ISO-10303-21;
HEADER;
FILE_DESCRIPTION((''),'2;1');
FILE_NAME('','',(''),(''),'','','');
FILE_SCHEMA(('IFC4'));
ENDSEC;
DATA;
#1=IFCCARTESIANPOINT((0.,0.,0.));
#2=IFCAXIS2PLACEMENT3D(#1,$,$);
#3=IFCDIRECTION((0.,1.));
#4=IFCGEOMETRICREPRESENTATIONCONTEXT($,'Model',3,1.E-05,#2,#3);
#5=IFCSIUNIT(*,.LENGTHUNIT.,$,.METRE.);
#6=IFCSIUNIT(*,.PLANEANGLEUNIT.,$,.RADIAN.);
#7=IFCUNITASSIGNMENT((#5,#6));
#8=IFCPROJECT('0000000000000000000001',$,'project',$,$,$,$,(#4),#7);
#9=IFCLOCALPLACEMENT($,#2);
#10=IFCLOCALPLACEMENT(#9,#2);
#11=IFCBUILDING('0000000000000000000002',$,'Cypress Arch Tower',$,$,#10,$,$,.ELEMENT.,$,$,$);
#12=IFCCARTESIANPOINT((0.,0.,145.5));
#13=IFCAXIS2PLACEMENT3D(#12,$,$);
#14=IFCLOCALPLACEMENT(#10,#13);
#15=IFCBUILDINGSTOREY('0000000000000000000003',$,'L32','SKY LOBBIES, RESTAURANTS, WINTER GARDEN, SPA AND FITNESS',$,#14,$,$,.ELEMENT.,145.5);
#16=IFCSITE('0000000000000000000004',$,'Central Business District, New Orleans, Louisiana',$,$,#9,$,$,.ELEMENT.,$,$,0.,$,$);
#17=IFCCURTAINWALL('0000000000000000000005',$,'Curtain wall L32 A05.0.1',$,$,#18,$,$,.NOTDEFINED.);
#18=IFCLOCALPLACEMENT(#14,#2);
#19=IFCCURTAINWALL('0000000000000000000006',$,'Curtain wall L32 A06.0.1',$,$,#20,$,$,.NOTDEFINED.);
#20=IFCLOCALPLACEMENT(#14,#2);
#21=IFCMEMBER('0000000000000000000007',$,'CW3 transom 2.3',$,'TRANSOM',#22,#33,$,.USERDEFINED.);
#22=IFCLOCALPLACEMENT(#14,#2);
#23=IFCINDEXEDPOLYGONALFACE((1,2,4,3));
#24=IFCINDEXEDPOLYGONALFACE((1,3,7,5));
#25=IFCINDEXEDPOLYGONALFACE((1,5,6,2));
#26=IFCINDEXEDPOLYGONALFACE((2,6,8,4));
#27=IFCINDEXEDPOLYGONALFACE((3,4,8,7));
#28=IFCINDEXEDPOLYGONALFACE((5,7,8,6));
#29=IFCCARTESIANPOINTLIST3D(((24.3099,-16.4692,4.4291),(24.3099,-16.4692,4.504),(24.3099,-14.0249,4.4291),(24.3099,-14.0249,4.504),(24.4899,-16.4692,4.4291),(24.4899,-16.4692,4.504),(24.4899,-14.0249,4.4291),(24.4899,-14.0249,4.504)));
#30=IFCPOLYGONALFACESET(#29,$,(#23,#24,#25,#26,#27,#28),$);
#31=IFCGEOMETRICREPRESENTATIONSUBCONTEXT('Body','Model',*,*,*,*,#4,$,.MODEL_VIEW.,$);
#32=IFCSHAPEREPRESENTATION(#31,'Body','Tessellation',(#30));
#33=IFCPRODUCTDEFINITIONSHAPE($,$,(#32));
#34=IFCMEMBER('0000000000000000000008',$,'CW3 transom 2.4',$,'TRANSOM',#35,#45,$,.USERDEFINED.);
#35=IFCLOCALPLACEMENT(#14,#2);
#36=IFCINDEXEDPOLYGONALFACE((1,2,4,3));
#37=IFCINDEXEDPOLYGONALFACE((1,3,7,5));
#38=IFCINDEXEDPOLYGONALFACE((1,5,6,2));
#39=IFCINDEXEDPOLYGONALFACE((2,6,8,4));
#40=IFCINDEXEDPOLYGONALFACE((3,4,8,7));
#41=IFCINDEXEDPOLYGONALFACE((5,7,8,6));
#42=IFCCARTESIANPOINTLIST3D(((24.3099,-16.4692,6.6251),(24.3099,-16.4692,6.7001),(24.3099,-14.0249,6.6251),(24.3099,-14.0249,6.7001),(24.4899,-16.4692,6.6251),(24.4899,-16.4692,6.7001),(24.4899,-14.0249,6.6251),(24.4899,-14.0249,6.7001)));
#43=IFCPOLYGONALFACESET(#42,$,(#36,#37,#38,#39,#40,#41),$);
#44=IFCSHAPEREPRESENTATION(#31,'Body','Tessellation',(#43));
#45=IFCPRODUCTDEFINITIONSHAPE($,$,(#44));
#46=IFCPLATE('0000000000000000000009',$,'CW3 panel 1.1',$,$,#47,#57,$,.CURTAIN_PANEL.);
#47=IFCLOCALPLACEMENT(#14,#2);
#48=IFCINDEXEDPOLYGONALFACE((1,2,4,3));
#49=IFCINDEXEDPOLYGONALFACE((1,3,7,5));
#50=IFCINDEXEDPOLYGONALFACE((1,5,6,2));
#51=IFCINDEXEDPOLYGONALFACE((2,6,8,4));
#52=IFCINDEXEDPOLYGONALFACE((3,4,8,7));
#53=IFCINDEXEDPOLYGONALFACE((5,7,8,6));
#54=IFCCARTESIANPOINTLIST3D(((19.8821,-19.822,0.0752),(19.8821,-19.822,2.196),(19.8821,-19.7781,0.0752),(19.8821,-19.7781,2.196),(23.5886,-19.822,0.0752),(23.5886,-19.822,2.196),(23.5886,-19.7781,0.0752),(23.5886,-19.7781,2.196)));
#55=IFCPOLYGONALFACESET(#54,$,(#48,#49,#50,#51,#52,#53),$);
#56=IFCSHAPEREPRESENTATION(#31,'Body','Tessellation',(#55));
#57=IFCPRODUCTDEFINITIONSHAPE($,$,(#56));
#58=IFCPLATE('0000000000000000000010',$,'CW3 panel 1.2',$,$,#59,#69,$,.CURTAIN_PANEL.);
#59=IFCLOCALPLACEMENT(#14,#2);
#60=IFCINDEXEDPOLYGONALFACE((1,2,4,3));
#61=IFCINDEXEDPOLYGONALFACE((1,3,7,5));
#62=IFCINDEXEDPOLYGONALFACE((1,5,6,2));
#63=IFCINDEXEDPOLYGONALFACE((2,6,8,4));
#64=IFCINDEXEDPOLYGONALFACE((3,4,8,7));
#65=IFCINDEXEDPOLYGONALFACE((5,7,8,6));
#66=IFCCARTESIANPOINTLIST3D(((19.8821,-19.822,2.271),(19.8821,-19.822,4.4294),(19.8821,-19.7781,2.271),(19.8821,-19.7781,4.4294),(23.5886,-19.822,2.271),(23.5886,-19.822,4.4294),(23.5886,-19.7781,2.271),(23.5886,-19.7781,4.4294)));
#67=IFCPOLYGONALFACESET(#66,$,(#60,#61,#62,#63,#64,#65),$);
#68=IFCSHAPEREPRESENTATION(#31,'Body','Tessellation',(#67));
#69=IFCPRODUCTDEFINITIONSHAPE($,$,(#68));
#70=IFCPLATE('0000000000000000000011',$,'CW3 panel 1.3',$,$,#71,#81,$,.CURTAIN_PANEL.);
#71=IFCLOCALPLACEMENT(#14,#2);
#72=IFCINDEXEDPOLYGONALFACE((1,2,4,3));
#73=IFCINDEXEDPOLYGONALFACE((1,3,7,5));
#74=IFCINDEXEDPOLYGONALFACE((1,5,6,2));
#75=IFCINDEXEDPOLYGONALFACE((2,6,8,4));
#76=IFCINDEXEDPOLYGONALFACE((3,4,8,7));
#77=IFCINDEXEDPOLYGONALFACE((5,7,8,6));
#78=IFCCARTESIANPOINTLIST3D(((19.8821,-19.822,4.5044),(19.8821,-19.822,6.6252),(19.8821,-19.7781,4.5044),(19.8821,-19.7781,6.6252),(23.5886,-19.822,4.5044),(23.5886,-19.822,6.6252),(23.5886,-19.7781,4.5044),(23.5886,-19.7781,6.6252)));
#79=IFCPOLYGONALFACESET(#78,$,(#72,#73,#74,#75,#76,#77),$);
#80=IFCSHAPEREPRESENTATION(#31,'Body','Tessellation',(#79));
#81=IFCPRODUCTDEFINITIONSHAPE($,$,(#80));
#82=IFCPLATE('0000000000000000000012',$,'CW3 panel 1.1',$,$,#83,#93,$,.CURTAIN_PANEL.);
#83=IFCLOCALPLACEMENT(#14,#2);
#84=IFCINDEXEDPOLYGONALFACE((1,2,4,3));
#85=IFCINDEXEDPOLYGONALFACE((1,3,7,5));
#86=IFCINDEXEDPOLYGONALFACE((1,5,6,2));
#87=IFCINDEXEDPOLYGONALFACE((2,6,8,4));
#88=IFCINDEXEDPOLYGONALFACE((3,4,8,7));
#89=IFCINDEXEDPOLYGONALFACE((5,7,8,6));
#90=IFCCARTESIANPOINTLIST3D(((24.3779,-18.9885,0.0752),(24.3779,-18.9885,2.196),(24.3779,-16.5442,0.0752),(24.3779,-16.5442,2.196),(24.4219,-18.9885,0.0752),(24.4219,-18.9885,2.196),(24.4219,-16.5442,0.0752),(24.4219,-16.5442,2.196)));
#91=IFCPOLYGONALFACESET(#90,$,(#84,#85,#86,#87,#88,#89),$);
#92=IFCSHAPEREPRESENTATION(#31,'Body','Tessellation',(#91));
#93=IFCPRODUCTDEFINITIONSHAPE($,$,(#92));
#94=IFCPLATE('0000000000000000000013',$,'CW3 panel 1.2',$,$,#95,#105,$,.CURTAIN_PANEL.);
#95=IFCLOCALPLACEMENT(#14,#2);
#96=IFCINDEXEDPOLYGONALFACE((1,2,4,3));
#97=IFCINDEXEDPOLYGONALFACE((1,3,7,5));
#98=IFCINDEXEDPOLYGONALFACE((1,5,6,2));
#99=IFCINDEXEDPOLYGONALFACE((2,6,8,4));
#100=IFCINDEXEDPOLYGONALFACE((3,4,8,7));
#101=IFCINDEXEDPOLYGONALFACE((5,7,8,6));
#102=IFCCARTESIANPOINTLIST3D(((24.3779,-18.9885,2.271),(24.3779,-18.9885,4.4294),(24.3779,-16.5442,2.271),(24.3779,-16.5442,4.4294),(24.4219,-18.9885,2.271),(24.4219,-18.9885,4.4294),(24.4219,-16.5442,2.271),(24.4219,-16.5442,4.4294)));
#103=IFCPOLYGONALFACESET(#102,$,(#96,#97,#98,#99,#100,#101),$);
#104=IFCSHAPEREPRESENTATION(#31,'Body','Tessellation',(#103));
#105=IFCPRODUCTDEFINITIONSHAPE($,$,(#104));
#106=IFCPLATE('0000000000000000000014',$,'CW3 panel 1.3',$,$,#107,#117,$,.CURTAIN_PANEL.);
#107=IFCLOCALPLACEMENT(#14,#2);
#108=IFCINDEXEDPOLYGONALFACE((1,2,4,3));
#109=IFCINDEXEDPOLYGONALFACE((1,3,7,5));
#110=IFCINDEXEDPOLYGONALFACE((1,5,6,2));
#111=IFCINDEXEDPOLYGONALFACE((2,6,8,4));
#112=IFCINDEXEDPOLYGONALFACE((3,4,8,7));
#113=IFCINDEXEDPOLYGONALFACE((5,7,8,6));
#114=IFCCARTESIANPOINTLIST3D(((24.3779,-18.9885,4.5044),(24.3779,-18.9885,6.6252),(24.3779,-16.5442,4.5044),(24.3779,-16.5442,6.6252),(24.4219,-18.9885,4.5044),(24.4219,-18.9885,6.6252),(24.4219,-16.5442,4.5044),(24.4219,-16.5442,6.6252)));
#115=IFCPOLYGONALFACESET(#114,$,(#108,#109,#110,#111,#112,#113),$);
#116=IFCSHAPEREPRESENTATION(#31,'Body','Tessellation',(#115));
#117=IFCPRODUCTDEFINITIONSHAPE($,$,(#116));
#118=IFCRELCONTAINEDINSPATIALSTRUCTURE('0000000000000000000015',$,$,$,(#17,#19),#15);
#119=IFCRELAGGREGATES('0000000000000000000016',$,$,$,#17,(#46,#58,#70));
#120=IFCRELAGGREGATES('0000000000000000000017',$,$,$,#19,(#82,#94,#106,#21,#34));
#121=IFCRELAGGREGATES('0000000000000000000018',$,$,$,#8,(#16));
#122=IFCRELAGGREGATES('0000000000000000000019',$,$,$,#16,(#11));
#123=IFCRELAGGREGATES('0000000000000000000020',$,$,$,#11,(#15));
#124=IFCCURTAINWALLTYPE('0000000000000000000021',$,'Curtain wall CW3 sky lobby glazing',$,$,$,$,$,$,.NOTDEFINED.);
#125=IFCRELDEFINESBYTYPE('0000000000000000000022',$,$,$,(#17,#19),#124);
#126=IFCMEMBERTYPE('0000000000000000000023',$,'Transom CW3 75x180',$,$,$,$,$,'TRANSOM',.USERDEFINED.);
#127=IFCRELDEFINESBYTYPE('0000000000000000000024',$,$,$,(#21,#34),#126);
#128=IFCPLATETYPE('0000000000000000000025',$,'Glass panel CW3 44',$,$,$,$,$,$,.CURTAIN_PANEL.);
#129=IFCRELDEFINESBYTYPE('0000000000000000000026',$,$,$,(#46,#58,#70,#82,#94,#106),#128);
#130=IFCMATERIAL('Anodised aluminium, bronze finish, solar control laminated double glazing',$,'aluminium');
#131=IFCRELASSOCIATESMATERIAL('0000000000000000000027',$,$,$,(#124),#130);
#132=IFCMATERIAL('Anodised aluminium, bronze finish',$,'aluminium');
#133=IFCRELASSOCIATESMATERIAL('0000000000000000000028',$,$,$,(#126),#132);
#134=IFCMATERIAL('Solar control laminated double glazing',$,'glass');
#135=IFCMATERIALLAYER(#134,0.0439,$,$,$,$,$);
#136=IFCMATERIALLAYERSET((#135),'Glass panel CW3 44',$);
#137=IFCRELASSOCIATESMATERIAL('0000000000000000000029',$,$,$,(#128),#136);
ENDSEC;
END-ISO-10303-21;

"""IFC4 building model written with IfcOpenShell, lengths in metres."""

from ifc_helpers import new_model, si_unit, direction, frame, origin, origin_2d, place, context, subcontext, project, spatial, rectangle, extrude, material, layer, layer_set, material_profile, profile_set, type_object, element, aggregate, save


model = new_model("IFC4")

# Units and contexts
model_context = context("Model", 3, precision=1e-05, world=origin(), true_north=direction((0.0, 1.0)))
body_context = subcontext(model_context, "Body", "Model", "MODEL_VIEW")
ifc_project = project(units=[si_unit("LENGTHUNIT", "METRE"), si_unit("PLANEANGLEUNIT", "RADIAN")], contexts=[model_context])

# Site, building, storey
site_placement = place(None, origin())
site = spatial("IfcSite", under=ifc_project, at=site_placement, Name="Central Business District, New Orleans, Louisiana", CompositionType="ELEMENT", RefElevation=0.0)
building_placement = place(site_placement, origin())
building = spatial("IfcBuilding", under=site, at=building_placement, Name="Cypress Arch Tower", CompositionType="ELEMENT")
storey_placement = place(building_placement, frame((0.0, 0.0, 145.5)))
storey = spatial("IfcBuildingStorey", under=building, at=storey_placement, Name="L32", Description="SKY LOBBIES, RESTAURANTS, WINTER GARDEN, SPA AND FITNESS", CompositionType="ELEMENT", Elevation=145.5)

# Curtain wall
ifc_material_1 = material(Name="Anodised aluminium, bronze finish, solar control laminated double glazing", Category="aluminium")
curtain_wall_type = type_object("IfcCurtainWallType", Name="Curtain wall CW3 sky lobby glazing", PredefinedType="NOTDEFINED", material=ifc_material_1)
curtain_wall_1_placement = place(storey_placement, origin())
curtain_wall_1 = element("IfcCurtainWall", 1, at=curtain_wall_1_placement, inside=storey, type_object=curtain_wall_type, Name="Curtain wall L32 A05.0.1", PredefinedType="NOTDEFINED")

# Curtain wall
curtain_wall_2_placement = place(storey_placement, origin())
curtain_wall_2 = element("IfcCurtainWall", 2, at=curtain_wall_2_placement, inside=storey, type_object=curtain_wall_type, Name="Curtain wall L32 A06.0.1", PredefinedType="NOTDEFINED")

# Members
ifc_material_2 = material(Name="Anodised aluminium, bronze finish", Category="aluminium")
ifc_material_profile_1 = material_profile(ifc_material_2, rectangle(XDim=0.1799, YDim=0.075, at=origin_2d()), Name="Transom 75x180")
ifc_profile_set_1 = profile_set([ifc_material_profile_1], Name="Anodised aluminium, bronze finish")
member_type_1 = type_object("IfcMemberType", Name="Transom CW3 75x180", ElementType="TRANSOM", PredefinedType="USERDEFINED", material=ifc_profile_set_1)
member_1_placement = place(storey_placement, frame((24.3999, -16.4692, 4.4666), z_axis=(0.0, 1.0, 0.0), x_axis=(-1.0, 0.0, 0.0)))
member_1 = element("IfcMember", 3, at=member_1_placement, type_object=member_type_1, Name="CW3 transom 2.3", ObjectType="TRANSOM", PredefinedType="USERDEFINED", context=body_context, shape_type="SweptSolid", body=[
    extrude(rectangle(XDim=0.1799, YDim=0.075, at=origin_2d()), origin(), (0.0, 0.0, 1.0), 2.4443),
])
member_2_placement = place(storey_placement, frame((24.3999, -16.4692, 6.6626), z_axis=(0.0, 1.0, 0.0), x_axis=(-1.0, 0.0, 0.0)))
member_2 = element("IfcMember", 4, at=member_2_placement, type_object=member_type_1, Name="CW3 transom 2.4", ObjectType="TRANSOM", PredefinedType="USERDEFINED", context=body_context, shape_type="SweptSolid", body=[
    extrude(rectangle(XDim=0.1799, YDim=0.075, at=origin_2d()), origin(), (0.0, 0.0, 1.0), 2.4443),
])

# Plates
ifc_material_3 = material(Name="Solar control laminated double glazing", Category="glass")
ifc_layer = layer(ifc_material_3, 0.0439)
ifc_layer_set = layer_set([ifc_layer], Name="Glass panel CW3 44")
plate_type = type_object("IfcPlateType", Name="Glass panel CW3 44", PredefinedType="CURTAIN_PANEL", material=ifc_layer_set)
plate_1_placement = place(storey_placement, frame((21.7354, -19.8, 0.0752), z_axis=(0.0, 0.0, 1.0), x_axis=(1.0, 0.0, 0.0)))
plate_1 = element("IfcPlate", 5, at=plate_1_placement, type_object=plate_type, Name="CW3 panel 1.1", PredefinedType="CURTAIN_PANEL", context=body_context, shape_type="SweptSolid", body=[
    extrude(rectangle(XDim=3.7065, YDim=0.0439, at=origin_2d()), origin(), (0.0, 0.0, 1.0), 2.1208),
])
plate_2_placement = place(storey_placement, frame((21.7354, -19.8, 2.271), z_axis=(0.0, 0.0, 1.0), x_axis=(1.0, 0.0, 0.0)))
plate_2 = element("IfcPlate", 6, at=plate_2_placement, type_object=plate_type, Name="CW3 panel 1.2", PredefinedType="CURTAIN_PANEL", context=body_context, shape_type="SweptSolid", body=[
    extrude(rectangle(XDim=3.7065, YDim=0.0439, at=origin_2d()), origin(), (0.0, 0.0, 1.0), 2.1584),
])
plate_3_placement = place(storey_placement, frame((21.7354, -19.8, 4.5044), z_axis=(0.0, 0.0, 1.0), x_axis=(1.0, 0.0, 0.0)))
plate_3 = element("IfcPlate", 7, at=plate_3_placement, type_object=plate_type, Name="CW3 panel 1.3", PredefinedType="CURTAIN_PANEL", context=body_context, shape_type="SweptSolid", body=[
    extrude(rectangle(XDim=3.7065, YDim=0.0439, at=origin_2d()), origin(), (0.0, 0.0, 1.0), 2.1208),
])
aggregate(curtain_wall_1, [plate_1, plate_2, plate_3])
plate_4_placement = place(storey_placement, frame((24.3999, -17.7664, 0.0752), z_axis=(0.0, 0.0, 1.0), x_axis=(0.0, 1.0, 0.0)))
plate_4 = element("IfcPlate", 8, at=plate_4_placement, type_object=plate_type, Name="CW3 panel 1.1", PredefinedType="CURTAIN_PANEL", context=body_context, shape_type="SweptSolid", body=[
    extrude(rectangle(XDim=2.4443, YDim=0.0439, at=origin_2d()), origin(), (0.0, 0.0, 1.0), 2.1208),
])
plate_5_placement = place(storey_placement, frame((24.3999, -17.7664, 2.271), z_axis=(0.0, 0.0, 1.0), x_axis=(0.0, 1.0, 0.0)))
plate_5 = element("IfcPlate", 9, at=plate_5_placement, type_object=plate_type, Name="CW3 panel 1.2", PredefinedType="CURTAIN_PANEL", context=body_context, shape_type="SweptSolid", body=[
    extrude(rectangle(XDim=2.4443, YDim=0.0439, at=origin_2d()), origin(), (0.0, 0.0, 1.0), 2.1584),
])
plate_6_placement = place(storey_placement, frame((24.3999, -17.7664, 4.5044), z_axis=(0.0, 0.0, 1.0), x_axis=(0.0, 1.0, 0.0)))
plate_6 = element("IfcPlate", 10, at=plate_6_placement, type_object=plate_type, Name="CW3 panel 1.3", PredefinedType="CURTAIN_PANEL", context=body_context, shape_type="SweptSolid", body=[
    extrude(rectangle(XDim=2.4443, YDim=0.0439, at=origin_2d()), origin(), (0.0, 0.0, 1.0), 2.1208),
])
aggregate(curtain_wall_2, [plate_4, plate_5, plate_6, member_1, member_2])

save(model, "model.ifc")
